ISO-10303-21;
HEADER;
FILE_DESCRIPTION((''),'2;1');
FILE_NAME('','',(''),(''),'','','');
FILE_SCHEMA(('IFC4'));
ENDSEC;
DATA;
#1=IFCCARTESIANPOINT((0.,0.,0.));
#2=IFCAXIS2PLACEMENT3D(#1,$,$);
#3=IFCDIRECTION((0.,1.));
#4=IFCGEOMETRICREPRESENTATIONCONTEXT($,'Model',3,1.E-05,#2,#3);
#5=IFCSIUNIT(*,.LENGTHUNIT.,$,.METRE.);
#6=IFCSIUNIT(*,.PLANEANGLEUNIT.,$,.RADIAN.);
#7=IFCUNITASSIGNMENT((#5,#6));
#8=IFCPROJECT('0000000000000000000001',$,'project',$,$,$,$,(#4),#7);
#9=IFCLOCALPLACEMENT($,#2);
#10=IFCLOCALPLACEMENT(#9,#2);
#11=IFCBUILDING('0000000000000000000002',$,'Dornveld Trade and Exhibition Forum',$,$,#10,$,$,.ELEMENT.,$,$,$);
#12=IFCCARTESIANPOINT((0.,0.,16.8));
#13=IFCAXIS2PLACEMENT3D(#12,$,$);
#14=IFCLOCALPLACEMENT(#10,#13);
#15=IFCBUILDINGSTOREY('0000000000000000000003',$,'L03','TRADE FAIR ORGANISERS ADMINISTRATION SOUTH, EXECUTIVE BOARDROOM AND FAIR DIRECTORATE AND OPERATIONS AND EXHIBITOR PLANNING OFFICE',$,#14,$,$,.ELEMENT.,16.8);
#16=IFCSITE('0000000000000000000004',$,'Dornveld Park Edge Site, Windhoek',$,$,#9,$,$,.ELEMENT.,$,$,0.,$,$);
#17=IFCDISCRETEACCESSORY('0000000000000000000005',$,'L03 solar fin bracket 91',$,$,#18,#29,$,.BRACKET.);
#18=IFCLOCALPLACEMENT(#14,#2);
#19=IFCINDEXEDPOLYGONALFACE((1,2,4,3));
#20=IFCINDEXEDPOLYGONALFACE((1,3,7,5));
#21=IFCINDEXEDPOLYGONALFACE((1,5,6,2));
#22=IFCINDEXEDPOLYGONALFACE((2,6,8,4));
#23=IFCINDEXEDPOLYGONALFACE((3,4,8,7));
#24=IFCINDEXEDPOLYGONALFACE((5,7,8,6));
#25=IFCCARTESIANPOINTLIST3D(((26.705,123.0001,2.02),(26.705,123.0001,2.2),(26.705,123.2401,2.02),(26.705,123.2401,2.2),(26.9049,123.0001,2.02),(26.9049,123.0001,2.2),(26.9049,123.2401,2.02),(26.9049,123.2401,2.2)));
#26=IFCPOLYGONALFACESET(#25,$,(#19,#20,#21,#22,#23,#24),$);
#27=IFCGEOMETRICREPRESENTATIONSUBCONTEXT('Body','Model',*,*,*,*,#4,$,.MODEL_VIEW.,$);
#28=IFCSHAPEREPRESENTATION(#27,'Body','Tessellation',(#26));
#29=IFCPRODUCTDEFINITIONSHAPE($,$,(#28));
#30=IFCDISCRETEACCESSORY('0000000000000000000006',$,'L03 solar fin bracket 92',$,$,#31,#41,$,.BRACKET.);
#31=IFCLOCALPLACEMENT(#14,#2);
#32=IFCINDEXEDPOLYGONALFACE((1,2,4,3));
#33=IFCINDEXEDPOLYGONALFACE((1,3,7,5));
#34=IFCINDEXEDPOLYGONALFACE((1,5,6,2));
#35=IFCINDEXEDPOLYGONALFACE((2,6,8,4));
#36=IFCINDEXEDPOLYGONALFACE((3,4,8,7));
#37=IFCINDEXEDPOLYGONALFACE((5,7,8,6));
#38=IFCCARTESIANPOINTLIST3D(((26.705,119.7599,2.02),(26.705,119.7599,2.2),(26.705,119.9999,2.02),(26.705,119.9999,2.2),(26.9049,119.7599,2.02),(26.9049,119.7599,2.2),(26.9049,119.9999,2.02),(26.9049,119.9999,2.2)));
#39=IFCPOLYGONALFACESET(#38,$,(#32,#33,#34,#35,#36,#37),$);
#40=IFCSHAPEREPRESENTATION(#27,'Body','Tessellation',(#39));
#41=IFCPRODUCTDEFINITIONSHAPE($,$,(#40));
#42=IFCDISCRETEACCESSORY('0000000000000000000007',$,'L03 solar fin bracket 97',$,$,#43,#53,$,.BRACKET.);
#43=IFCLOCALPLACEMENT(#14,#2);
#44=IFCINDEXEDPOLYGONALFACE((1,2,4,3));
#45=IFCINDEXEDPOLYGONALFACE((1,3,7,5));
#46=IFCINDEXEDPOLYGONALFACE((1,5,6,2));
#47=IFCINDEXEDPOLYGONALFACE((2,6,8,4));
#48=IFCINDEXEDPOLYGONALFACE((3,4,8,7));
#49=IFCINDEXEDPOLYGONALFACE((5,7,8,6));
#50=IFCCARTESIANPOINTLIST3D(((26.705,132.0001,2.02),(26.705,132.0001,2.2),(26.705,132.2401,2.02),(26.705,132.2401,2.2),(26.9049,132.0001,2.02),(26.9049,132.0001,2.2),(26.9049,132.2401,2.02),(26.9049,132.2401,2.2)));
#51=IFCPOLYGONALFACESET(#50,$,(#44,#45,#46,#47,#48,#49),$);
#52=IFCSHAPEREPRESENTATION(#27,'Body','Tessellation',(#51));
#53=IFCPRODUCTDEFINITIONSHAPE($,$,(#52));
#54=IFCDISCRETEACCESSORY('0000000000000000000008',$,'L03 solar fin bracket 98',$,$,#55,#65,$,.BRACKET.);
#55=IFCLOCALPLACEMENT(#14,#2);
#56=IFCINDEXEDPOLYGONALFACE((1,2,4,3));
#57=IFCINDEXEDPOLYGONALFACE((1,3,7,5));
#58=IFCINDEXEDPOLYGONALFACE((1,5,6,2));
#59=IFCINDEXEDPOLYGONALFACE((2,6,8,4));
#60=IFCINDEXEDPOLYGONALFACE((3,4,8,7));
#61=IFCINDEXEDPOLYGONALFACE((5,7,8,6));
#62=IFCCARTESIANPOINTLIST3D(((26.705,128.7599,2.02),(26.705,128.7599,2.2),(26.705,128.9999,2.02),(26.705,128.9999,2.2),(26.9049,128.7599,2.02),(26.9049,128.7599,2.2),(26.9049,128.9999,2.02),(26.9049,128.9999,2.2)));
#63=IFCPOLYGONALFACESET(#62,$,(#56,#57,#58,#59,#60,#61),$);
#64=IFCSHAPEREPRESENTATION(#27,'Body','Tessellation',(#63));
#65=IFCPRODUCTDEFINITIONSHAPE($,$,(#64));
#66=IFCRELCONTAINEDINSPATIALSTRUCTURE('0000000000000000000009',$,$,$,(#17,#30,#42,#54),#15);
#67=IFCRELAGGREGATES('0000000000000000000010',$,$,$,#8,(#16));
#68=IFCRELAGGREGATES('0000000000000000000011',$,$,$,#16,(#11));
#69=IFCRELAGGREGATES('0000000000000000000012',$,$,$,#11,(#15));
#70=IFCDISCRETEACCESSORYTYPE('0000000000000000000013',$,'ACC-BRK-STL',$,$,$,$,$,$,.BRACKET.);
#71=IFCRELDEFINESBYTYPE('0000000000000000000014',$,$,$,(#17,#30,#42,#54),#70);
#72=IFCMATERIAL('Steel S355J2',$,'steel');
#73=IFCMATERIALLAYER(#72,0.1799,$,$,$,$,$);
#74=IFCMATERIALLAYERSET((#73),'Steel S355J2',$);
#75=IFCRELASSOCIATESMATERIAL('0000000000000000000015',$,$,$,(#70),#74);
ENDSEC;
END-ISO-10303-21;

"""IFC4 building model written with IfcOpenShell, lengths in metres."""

from ifc_helpers import new_model, si_unit, direction, frame, origin, origin_2d, place, context, subcontext, project, spatial, rectangle, extrude, material, layer, layer_set, type_object, element, save


model = new_model("IFC4")

# Units and contexts
model_context = context("Model", 3, precision=1e-05, world=origin(), true_north=direction((0.0, 1.0)))
body_context = subcontext(model_context, "Body", "Model", "MODEL_VIEW")
ifc_project = project(units=[si_unit("LENGTHUNIT", "METRE"), si_unit("PLANEANGLEUNIT", "RADIAN")], contexts=[model_context])

# Site, building, storey
site_placement = place(None, origin())
site = spatial("IfcSite", under=ifc_project, at=site_placement, Name="Dornveld Park Edge Site, Windhoek", CompositionType="ELEMENT", RefElevation=0.0)
building_placement = place(site_placement, origin())
building = spatial("IfcBuilding", under=site, at=building_placement, Name="Dornveld Trade and Exhibition Forum", CompositionType="ELEMENT")
storey_placement = place(building_placement, frame((0.0, 0.0, 16.8)))
storey = spatial("IfcBuildingStorey", under=building, at=storey_placement, Name="L03", Description="TRADE FAIR ORGANISERS ADMINISTRATION SOUTH, EXECUTIVE BOARDROOM AND FAIR DIRECTORATE AND OPERATIONS AND EXHIBITOR PLANNING OFFICE", CompositionType="ELEMENT", Elevation=16.8)

# Discrete accessories
ifc_material_1 = material(Name="Steel S355J2", Category="steel")
ifc_layer_1 = layer(ifc_material_1, 0.1799)
ifc_layer_set_1 = layer_set([ifc_layer_1], Name="Steel S355J2")
discrete_accessory_type = type_object("IfcDiscreteAccessoryType", Name="ACC-BRK-STL", PredefinedType="BRACKET", material=ifc_layer_set_1)
for number, where, z_axis, x_axis, name in (
    (1, (26.8049, 123.1201, 2.02), (0.0, 0.0, 1.0), (0.0, -1.0, 0.0), "L03 solar fin bracket 91"),
    (2, (26.8049, 119.8799, 2.02), (0.0, 0.0, 1.0), (0.0, -1.0, 0.0), "L03 solar fin bracket 92"),
    (3, (26.8049, 132.1201, 2.02), (0.0, 0.0, 1.0), (0.0, -1.0, 0.0), "L03 solar fin bracket 97"),
    (4, (26.8049, 128.8799, 2.02), (0.0, 0.0, 1.0), (0.0, -1.0, 0.0), "L03 solar fin bracket 98"),
):
    element("IfcDiscreteAccessory", number, at=place(storey_placement, frame(where, z_axis=z_axis, x_axis=x_axis)), inside=storey, type_object=discrete_accessory_type, Name=name, PredefinedType="BRACKET", context=body_context, shape_type="SweptSolid", body=[
        extrude(rectangle(XDim=0.24, YDim=0.2, at=origin_2d()), origin(), (0.0, 0.0, 1.0), 0.1799),
    ])

save(model, "model.ifc")
